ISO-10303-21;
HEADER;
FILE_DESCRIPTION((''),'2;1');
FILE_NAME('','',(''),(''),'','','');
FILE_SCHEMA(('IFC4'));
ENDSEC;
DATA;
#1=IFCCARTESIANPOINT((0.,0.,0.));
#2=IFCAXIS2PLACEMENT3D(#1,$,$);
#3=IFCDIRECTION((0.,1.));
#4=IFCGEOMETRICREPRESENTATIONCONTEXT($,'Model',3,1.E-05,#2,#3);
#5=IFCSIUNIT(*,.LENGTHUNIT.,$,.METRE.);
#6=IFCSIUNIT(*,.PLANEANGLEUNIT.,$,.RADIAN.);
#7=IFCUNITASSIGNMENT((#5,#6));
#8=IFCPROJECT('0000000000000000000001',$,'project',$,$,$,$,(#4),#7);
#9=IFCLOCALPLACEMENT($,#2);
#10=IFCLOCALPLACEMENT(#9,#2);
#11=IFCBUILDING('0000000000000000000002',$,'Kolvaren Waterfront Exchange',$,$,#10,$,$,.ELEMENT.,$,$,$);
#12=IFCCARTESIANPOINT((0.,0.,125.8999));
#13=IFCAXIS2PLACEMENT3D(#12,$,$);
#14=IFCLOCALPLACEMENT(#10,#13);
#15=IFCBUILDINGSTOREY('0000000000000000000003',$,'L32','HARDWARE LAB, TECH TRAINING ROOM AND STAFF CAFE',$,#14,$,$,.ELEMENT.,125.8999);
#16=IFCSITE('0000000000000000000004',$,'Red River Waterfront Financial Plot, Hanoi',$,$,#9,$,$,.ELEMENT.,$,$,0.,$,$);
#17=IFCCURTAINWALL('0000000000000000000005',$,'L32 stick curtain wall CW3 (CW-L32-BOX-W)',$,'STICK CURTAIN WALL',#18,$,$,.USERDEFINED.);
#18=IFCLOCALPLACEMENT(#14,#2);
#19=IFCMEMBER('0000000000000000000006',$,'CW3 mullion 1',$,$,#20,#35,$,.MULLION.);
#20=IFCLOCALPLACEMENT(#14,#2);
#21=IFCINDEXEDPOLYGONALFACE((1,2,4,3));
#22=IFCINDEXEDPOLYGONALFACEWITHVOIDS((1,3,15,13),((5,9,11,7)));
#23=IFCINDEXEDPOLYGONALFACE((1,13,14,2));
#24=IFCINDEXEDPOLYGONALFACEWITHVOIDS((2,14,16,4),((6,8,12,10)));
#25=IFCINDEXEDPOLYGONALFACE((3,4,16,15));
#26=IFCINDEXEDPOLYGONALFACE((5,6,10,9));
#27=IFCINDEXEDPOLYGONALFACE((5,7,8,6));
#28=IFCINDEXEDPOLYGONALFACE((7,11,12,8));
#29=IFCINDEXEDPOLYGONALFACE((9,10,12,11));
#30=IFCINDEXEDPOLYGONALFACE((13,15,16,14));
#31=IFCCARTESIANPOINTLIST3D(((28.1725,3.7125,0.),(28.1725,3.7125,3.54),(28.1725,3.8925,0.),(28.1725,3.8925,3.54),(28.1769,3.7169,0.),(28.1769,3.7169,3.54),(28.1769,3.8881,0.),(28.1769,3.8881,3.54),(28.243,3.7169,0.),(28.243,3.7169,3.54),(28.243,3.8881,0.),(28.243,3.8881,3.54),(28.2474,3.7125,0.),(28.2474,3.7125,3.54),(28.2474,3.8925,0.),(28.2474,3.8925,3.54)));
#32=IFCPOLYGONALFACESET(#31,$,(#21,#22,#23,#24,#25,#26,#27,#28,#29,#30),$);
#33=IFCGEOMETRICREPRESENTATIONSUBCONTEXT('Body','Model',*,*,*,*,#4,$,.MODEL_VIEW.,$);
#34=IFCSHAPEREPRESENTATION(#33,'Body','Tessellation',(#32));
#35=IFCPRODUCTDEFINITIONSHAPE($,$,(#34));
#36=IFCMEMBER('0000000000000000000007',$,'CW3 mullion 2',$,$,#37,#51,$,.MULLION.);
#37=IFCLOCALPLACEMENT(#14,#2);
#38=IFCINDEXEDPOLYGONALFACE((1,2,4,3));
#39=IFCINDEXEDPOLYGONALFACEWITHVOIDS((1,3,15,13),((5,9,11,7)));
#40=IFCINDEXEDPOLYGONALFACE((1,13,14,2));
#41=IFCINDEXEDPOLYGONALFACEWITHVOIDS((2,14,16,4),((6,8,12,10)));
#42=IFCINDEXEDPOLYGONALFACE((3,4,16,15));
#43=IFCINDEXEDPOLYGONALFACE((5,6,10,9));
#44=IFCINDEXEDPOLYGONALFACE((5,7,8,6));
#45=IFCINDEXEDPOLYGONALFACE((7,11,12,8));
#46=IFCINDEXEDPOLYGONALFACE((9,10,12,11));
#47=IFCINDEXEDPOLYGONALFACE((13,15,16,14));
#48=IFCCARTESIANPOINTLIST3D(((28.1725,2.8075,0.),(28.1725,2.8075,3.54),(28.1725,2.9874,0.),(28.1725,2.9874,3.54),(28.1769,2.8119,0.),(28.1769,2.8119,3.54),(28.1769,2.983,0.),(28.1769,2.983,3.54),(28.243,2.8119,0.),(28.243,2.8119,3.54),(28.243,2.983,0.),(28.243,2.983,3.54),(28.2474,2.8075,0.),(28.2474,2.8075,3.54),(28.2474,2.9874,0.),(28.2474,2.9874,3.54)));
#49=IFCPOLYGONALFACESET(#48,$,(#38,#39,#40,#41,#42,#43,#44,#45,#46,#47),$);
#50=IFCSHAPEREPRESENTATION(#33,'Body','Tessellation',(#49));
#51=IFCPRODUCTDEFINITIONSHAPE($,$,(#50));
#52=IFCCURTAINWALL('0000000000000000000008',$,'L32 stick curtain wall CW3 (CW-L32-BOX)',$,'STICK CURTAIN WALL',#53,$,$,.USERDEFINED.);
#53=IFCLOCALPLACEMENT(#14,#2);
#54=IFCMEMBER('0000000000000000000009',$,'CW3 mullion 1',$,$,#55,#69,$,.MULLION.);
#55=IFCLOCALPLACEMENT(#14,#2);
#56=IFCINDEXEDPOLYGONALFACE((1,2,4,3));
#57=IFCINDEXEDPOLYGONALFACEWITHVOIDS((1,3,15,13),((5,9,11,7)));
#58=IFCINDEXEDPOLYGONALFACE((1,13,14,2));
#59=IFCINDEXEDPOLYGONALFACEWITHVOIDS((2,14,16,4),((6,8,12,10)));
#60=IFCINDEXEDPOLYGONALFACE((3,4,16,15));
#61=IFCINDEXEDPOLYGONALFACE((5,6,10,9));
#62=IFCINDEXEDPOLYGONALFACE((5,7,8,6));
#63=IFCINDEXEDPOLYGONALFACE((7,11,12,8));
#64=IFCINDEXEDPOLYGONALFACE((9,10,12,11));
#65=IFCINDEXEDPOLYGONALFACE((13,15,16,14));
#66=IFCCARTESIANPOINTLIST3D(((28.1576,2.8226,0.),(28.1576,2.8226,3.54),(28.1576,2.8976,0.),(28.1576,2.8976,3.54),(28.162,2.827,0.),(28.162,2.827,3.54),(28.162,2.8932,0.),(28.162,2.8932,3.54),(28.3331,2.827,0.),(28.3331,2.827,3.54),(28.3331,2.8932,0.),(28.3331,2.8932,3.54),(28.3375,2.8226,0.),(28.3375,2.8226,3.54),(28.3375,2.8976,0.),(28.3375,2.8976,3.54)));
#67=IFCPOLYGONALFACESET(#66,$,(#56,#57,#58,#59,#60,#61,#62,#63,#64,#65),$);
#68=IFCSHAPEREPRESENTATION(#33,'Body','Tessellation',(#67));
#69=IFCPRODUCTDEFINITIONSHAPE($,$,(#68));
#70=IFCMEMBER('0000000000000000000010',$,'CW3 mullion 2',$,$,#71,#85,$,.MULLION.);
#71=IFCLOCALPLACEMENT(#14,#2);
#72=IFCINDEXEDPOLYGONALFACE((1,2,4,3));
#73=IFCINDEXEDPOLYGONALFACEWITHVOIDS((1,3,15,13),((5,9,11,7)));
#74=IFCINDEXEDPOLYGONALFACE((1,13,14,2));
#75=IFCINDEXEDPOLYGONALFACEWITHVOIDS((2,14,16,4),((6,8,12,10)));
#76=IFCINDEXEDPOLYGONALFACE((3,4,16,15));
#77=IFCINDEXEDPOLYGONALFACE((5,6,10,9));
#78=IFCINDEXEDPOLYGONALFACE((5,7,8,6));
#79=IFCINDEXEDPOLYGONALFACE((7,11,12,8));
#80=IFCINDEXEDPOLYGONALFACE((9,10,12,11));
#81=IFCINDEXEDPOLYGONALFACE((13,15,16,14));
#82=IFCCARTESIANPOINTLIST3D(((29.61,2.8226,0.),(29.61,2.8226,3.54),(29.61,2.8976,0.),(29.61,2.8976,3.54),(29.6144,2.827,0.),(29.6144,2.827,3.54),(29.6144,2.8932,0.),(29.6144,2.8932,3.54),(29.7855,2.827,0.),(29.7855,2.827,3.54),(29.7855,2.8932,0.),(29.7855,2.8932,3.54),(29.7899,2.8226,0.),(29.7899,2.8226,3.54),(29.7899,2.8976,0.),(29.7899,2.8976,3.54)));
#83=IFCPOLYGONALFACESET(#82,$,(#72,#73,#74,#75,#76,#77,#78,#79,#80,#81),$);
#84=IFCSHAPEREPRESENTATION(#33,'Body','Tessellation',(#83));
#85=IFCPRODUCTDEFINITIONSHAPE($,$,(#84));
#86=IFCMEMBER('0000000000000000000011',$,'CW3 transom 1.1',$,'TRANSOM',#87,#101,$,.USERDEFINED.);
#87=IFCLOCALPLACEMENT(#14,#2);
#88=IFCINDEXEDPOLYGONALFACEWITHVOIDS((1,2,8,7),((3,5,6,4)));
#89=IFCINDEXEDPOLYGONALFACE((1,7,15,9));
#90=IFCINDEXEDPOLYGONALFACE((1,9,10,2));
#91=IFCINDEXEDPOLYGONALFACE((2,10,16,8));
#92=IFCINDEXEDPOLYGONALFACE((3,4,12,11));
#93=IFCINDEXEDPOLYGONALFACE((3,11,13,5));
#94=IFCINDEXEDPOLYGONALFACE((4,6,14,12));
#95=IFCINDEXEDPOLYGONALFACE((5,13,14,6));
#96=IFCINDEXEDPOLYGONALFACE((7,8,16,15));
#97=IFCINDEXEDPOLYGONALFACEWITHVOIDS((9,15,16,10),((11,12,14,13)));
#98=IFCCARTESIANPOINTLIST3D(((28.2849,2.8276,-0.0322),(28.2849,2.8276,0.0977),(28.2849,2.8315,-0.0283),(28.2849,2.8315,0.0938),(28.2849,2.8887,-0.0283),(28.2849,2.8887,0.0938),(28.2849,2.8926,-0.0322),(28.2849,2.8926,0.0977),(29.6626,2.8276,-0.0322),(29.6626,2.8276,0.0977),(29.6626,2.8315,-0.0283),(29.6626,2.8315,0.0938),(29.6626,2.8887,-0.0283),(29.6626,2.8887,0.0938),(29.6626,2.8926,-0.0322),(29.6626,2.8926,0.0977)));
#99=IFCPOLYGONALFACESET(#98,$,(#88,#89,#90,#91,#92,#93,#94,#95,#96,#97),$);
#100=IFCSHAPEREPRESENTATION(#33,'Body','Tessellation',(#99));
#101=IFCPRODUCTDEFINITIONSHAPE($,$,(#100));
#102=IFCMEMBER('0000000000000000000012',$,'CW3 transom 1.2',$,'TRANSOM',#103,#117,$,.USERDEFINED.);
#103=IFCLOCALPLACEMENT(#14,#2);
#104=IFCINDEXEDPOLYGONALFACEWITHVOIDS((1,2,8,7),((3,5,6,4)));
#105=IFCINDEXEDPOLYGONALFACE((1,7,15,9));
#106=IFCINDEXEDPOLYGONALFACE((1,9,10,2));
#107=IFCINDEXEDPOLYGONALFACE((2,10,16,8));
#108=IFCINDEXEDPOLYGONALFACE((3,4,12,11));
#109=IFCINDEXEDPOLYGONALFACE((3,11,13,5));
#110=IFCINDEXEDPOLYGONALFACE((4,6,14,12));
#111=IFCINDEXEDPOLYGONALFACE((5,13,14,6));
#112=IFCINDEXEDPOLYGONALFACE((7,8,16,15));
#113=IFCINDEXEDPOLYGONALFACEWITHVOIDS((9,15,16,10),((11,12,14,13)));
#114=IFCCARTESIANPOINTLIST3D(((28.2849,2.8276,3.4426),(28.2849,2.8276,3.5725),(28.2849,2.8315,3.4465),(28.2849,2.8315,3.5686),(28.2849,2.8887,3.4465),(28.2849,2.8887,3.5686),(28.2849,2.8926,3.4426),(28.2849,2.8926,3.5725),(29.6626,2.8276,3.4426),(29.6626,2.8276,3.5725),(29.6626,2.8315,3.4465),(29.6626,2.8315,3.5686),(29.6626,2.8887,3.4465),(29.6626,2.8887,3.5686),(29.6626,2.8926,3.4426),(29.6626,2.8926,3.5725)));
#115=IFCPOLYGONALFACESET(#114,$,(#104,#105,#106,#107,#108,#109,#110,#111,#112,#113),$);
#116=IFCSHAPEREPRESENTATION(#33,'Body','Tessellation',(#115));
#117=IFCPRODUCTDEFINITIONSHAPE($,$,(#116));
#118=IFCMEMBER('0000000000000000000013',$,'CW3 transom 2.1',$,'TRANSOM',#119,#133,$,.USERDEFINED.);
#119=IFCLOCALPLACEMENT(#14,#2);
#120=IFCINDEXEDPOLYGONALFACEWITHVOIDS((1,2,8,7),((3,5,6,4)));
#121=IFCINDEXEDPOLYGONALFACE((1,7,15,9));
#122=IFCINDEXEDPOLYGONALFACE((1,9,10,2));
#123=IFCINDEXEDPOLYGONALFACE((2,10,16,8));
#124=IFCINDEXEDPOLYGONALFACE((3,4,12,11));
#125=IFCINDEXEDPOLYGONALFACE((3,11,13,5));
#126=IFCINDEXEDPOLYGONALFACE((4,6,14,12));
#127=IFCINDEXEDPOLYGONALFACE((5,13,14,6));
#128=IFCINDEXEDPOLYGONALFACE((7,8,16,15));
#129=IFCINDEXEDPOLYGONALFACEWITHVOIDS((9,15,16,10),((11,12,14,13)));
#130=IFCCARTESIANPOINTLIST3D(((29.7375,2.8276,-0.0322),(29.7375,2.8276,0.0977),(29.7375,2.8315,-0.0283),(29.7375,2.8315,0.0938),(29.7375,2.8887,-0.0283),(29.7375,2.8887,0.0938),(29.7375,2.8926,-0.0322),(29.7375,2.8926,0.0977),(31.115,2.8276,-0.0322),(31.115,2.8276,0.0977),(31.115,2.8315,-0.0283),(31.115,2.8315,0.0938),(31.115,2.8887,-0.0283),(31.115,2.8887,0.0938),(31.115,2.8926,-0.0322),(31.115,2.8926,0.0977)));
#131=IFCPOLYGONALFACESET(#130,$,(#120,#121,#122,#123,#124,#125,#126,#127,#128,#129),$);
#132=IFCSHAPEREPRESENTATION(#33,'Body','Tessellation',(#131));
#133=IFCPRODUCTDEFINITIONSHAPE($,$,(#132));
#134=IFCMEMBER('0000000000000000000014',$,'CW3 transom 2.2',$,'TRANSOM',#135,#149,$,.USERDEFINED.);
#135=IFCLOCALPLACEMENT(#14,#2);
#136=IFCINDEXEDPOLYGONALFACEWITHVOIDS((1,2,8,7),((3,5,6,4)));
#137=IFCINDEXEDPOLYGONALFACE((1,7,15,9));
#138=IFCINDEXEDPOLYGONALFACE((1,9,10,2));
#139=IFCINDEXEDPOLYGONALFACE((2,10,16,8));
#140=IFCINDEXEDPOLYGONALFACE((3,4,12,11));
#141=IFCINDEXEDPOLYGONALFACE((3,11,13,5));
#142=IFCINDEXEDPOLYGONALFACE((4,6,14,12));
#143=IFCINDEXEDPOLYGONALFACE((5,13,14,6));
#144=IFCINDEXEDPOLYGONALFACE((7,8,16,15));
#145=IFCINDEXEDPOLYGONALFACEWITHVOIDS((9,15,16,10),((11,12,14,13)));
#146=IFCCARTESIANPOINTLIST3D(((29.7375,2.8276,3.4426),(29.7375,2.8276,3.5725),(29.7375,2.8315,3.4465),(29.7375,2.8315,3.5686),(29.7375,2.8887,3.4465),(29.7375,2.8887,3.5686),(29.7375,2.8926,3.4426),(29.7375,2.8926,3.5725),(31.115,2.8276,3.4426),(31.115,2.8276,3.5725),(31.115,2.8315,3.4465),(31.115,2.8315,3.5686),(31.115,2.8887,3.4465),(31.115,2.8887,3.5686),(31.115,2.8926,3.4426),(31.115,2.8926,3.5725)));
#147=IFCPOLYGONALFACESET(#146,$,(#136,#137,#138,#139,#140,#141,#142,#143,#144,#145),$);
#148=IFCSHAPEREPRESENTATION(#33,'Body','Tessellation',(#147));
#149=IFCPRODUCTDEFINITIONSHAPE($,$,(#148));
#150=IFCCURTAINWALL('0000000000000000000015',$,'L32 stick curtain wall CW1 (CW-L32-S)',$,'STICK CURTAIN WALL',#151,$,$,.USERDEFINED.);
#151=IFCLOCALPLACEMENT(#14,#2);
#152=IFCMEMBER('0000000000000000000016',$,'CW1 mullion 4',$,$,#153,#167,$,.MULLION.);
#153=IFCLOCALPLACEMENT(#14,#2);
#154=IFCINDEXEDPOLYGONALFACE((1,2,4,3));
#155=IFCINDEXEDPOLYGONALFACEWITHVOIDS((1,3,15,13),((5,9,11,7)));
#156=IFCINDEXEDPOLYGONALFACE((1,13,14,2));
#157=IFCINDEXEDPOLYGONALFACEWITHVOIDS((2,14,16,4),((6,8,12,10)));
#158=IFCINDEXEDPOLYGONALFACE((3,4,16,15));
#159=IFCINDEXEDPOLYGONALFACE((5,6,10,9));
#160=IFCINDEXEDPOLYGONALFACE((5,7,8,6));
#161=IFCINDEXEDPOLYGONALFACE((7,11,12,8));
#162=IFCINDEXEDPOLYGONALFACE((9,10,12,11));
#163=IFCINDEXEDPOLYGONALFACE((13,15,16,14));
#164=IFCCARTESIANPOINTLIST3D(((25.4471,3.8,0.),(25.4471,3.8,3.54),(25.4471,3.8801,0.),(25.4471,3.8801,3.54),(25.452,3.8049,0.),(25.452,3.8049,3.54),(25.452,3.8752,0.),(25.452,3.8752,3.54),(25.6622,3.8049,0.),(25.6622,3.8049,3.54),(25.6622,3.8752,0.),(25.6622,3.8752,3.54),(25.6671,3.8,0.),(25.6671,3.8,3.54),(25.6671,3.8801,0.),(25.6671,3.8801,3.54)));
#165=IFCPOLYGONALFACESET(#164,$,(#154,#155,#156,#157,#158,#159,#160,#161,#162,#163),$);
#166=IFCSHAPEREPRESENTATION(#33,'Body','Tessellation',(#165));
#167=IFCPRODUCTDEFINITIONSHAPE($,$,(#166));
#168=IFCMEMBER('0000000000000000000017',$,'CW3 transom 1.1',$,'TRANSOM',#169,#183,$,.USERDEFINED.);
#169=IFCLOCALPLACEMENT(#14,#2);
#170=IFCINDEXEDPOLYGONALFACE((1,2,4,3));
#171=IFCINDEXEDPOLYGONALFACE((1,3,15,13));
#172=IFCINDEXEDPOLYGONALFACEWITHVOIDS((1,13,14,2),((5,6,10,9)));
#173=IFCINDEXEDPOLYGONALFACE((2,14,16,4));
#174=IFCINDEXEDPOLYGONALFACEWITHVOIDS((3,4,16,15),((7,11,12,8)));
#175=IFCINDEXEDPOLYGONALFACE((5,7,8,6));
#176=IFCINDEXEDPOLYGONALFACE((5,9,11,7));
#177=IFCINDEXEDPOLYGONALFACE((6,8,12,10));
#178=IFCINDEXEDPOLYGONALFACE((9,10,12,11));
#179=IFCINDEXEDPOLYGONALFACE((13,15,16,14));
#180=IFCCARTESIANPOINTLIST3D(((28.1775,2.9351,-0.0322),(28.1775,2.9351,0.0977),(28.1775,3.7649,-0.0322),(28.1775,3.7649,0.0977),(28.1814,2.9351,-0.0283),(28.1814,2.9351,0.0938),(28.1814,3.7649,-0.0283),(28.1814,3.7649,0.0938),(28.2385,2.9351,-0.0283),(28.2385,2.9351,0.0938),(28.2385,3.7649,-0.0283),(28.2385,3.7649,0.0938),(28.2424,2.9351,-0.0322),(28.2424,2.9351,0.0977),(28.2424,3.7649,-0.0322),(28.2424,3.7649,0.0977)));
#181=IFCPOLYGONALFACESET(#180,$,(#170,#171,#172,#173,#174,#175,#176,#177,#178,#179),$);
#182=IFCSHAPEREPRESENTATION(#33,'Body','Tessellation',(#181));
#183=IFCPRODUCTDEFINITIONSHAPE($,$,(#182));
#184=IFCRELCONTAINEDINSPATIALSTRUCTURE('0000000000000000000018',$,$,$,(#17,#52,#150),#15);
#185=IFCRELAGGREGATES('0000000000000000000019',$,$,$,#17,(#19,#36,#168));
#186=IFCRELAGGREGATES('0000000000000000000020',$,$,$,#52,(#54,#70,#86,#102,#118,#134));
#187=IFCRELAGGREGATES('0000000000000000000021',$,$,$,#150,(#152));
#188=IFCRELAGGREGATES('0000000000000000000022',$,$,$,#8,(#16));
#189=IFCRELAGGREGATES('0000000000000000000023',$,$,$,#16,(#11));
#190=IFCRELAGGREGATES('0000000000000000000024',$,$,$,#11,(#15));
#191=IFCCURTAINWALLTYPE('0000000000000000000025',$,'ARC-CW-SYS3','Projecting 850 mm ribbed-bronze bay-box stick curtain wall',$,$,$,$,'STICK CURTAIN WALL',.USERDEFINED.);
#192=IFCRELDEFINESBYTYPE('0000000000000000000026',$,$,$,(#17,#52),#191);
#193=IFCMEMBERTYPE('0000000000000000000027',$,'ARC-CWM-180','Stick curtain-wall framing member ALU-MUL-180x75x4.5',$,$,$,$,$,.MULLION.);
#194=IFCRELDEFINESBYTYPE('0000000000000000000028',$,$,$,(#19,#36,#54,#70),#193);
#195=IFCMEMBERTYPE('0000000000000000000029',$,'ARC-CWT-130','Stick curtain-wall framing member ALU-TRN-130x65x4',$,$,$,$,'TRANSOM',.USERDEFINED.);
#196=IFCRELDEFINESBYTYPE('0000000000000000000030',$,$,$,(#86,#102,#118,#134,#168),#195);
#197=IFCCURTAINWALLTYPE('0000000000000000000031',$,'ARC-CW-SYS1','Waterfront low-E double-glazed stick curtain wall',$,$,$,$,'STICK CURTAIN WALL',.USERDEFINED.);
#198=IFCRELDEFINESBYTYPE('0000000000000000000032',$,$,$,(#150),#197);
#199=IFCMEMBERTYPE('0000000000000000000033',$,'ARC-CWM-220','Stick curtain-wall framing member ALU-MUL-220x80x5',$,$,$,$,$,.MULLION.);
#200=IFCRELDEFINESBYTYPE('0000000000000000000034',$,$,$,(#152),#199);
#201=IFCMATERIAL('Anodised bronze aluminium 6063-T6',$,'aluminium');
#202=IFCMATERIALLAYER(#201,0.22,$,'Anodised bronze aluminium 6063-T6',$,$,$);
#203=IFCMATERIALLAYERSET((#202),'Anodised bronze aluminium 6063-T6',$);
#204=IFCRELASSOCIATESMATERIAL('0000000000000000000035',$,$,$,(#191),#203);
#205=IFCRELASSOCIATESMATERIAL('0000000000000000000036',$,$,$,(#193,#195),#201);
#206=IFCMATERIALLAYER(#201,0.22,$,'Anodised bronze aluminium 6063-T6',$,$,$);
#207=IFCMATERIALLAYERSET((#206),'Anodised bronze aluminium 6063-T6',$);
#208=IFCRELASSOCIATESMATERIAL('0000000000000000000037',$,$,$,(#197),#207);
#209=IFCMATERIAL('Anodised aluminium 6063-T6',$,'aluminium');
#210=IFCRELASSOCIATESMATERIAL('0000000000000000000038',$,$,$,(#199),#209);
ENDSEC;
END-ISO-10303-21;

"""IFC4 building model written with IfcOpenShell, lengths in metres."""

from ifc_helpers import new_model, si_unit, direction, frame, origin, origin_with_axes, origin_2d, place, context, subcontext, project, spatial, hollow_rectangle, extrude, source, transform, mapped, material, layer, layer_set, material_profile, profile_set, type_object, element, aggregate, save


model = new_model("IFC4")

# Units and contexts
model_context = context("Model", 3, precision=1e-05, world=origin(), true_north=direction((0.0, 1.0)))
body_context = subcontext(model_context, "Body", "Model", "MODEL_VIEW")
ifc_project = project(units=[si_unit("LENGTHUNIT", "METRE"), si_unit("PLANEANGLEUNIT", "RADIAN")], contexts=[model_context])

# Site, building, storey
site_placement = place(None, origin())
site = spatial("IfcSite", under=ifc_project, at=site_placement, Name="Red River Waterfront Financial Plot, Hanoi", CompositionType="ELEMENT", RefElevation=0.0)
building_placement = place(site_placement, origin())
building = spatial("IfcBuilding", under=site, at=building_placement, Name="Kolvaren Waterfront Exchange", CompositionType="ELEMENT")
storey_placement = place(building_placement, frame((0.0, 0.0, 125.8999)))
storey = spatial("IfcBuildingStorey", under=building, at=storey_placement, Name="L32", Description="HARDWARE LAB, TECH TRAINING ROOM AND STAFF CAFE", CompositionType="ELEMENT", Elevation=125.8999)

# Curtain walls, members
ifc_material_1 = material(Name="Anodised bronze aluminium 6063-T6", Category="aluminium")
ifc_layer_1 = layer(ifc_material_1, 0.22, Name="Anodised bronze aluminium 6063-T6")
ifc_layer_set_1 = layer_set([ifc_layer_1], Name="Anodised bronze aluminium 6063-T6")
curtain_wall_type_1 = type_object("IfcCurtainWallType", Name="ARC-CW-SYS3", Description="Projecting 850 mm ribbed-bronze bay-box stick curtain wall", ElementType="STICK CURTAIN WALL", PredefinedType="USERDEFINED", material=ifc_layer_set_1)
curtain_wall_1_placement = place(storey_placement, origin())
curtain_wall_1 = element("IfcCurtainWall", 1, at=curtain_wall_1_placement, inside=storey, type_object=curtain_wall_type_1, Name="L32 stick curtain wall CW3 (CW-L32-BOX-W)", ObjectType="STICK CURTAIN WALL", PredefinedType="USERDEFINED")
ifc_material_profile_1 = material_profile(ifc_material_1, hollow_rectangle(XDim=0.075, YDim=0.1799, WallThickness=0.0044, at=origin_2d()), Name="ALU-MUL-180x75x4.5")
ifc_profile_set_1 = profile_set([ifc_material_profile_1], Name="Anodised bronze aluminium 6063-T6")
member_type_1 = type_object("IfcMemberType", Name="ARC-CWM-180", Description="Stick curtain-wall framing member ALU-MUL-180x75x4.5", PredefinedType="MULLION", material=ifc_profile_set_1)
shared_shape_1 = source(origin_with_axes(), body_context, "Body", "SweptSolid", [
    extrude(hollow_rectangle(XDim=0.075, YDim=0.1799, WallThickness=0.0044, at=origin_2d()), origin(), (0.0, 0.0, 1.0), 3.54),
])
member_1_placement = place(storey_placement, frame((28.21, 3.8025, 0.0), z_axis=(0.0, 0.0, 1.0), x_axis=(1.0, 0.0, 0.0)))
member_1 = element("IfcMember", 2, at=member_1_placement, type_object=member_type_1, Name="CW3 mullion 1", PredefinedType="MULLION", context=body_context, shape_type="MappedRepresentation", body=[
    mapped(shared_shape_1, transform((0.0, 0.0, 0.0), x_axis=(1.0, 0.0, 0.0), y_axis=(0.0, 1.0, 0.0), z_axis=(0.0, 0.0, 1.0), scale=1.0)),
])
member_2_placement = place(storey_placement, frame((28.21, 2.8975, 0.0), z_axis=(0.0, 0.0, 1.0), x_axis=(1.0, 0.0, 0.0)))
member_2 = element("IfcMember", 3, at=member_2_placement, type_object=member_type_1, Name="CW3 mullion 2", PredefinedType="MULLION", context=body_context, shape_type="MappedRepresentation", body=[
    mapped(shared_shape_1, transform((0.0, 0.0, 0.0), x_axis=(1.0, 0.0, 0.0), y_axis=(0.0, 1.0, 0.0), z_axis=(0.0, 0.0, 1.0), scale=1.0)),
])
curtain_wall_2_placement = place(storey_placement, origin())
curtain_wall_2 = element("IfcCurtainWall", 4, at=curtain_wall_2_placement, inside=storey, type_object=curtain_wall_type_1, Name="L32 stick curtain wall CW3 (CW-L32-BOX)", ObjectType="STICK CURTAIN WALL", PredefinedType="USERDEFINED")
member_3_placement = place(storey_placement, frame((28.2476, 2.8601, 0.0), z_axis=(0.0, 0.0, 1.0), x_axis=(0.0, 1.0, 0.0)))
member_3 = element("IfcMember", 5, at=member_3_placement, type_object=member_type_1, Name="CW3 mullion 1", PredefinedType="MULLION", context=body_context, shape_type="MappedRepresentation", body=[
    mapped(shared_shape_1, transform((0.0, 0.0, 0.0), x_axis=(1.0, 0.0, 0.0), y_axis=(0.0, 1.0, 0.0), z_axis=(0.0, 0.0, 1.0), scale=1.0)),
])
member_4_placement = place(storey_placement, frame((29.7, 2.8601, 0.0), z_axis=(0.0, 0.0, 1.0), x_axis=(0.0, 1.0, 0.0)))
member_4 = element("IfcMember", 6, at=member_4_placement, type_object=member_type_1, Name="CW3 mullion 2", PredefinedType="MULLION", context=body_context, shape_type="MappedRepresentation", body=[
    mapped(shared_shape_1, transform((0.0, 0.0, 0.0), x_axis=(1.0, 0.0, 0.0), y_axis=(0.0, 1.0, 0.0), z_axis=(0.0, 0.0, 1.0), scale=1.0)),
])
ifc_material_profile_2 = material_profile(ifc_material_1, hollow_rectangle(XDim=0.0649, YDim=0.1299, WallThickness=0.0039, at=origin_2d()), Name="ALU-TRN-130x65x4")
ifc_profile_set_2 = profile_set([ifc_material_profile_2], Name="Anodised bronze aluminium 6063-T6")
member_type_2 = type_object("IfcMemberType", Name="ARC-CWT-130", Description="Stick curtain-wall framing member ALU-TRN-130x65x4", ElementType="TRANSOM", PredefinedType="USERDEFINED", material=ifc_profile_set_2)
shared_shape_2 = source(origin_with_axes(), body_context, "Body", "SweptSolid", [
    extrude(hollow_rectangle(XDim=0.0649, YDim=0.1299, WallThickness=0.0039, at=origin_2d()), origin(), (0.0, 0.0, 1.0), 1.3777),
])
member_5_placement = place(storey_placement, frame((28.2849, 2.8601, 0.0327), z_axis=(1.0, 0.0, 0.0), x_axis=(0.0, 1.0, 0.0)))
member_5 = element("IfcMember", 7, at=member_5_placement, type_object=member_type_2, Name="CW3 transom 1.1", ObjectType="TRANSOM", PredefinedType="USERDEFINED", context=body_context, shape_type="MappedRepresentation", body=[
    mapped(shared_shape_2, transform((0.0, 0.0, 0.0), x_axis=(1.0, 0.0, 0.0), y_axis=(0.0, 1.0, 0.0), z_axis=(0.0, 0.0, 1.0), scale=1.0)),
])
member_6_placement = place(storey_placement, frame((28.2849, 2.8601, 3.5076), z_axis=(1.0, 0.0, 0.0), x_axis=(0.0, 1.0, 0.0)))
member_6 = element("IfcMember", 8, at=member_6_placement, type_object=member_type_2, Name="CW3 transom 1.2", ObjectType="TRANSOM", PredefinedType="USERDEFINED", context=body_context, shape_type="MappedRepresentation", body=[
    mapped(shared_shape_2, transform((0.0, 0.0, 0.0), x_axis=(1.0, 0.0, 0.0), y_axis=(0.0, 1.0, 0.0), z_axis=(0.0, 0.0, 1.0), scale=1.0)),
])
shared_shape_3 = source(origin_with_axes(), body_context, "Body", "SweptSolid", [
    extrude(hollow_rectangle(XDim=0.0649, YDim=0.1299, WallThickness=0.0039, at=origin_2d()), origin(), (0.0, 0.0, 1.0), 1.3774),
])
member_7_placement = place(storey_placement, frame((29.7375, 2.8601, 0.0327), z_axis=(1.0, 0.0, 0.0), x_axis=(0.0, 1.0, 0.0)))
member_7 = element("IfcMember", 9, at=member_7_placement, type_object=member_type_2, Name="CW3 transom 2.1", ObjectType="TRANSOM", PredefinedType="USERDEFINED", context=body_context, shape_type="MappedRepresentation", body=[
    mapped(shared_shape_3, transform((0.0, 0.0, 0.0), x_axis=(1.0, 0.0, 0.0), y_axis=(0.0, 1.0, 0.0), z_axis=(0.0, 0.0, 1.0), scale=1.0)),
])
member_8_placement = place(storey_placement, frame((29.7375, 2.8601, 3.5076), z_axis=(1.0, 0.0, 0.0), x_axis=(0.0, 1.0, 0.0)))
member_8 = element("IfcMember", 10, at=member_8_placement, type_object=member_type_2, Name="CW3 transom 2.2", ObjectType="TRANSOM", PredefinedType="USERDEFINED", context=body_context, shape_type="MappedRepresentation", body=[
    mapped(shared_shape_3, transform((0.0, 0.0, 0.0), x_axis=(1.0, 0.0, 0.0), y_axis=(0.0, 1.0, 0.0), z_axis=(0.0, 0.0, 1.0), scale=1.0)),
])

# Curtain wall, member
ifc_layer_2 = layer(ifc_material_1, 0.22, Name="Anodised bronze aluminium 6063-T6")
ifc_layer_set_2 = layer_set([ifc_layer_2], Name="Anodised bronze aluminium 6063-T6")
curtain_wall_type_2 = type_object("IfcCurtainWallType", Name="ARC-CW-SYS1", Description="Waterfront low-E double-glazed stick curtain wall", ElementType="STICK CURTAIN WALL", PredefinedType="USERDEFINED", material=ifc_layer_set_2)
curtain_wall_3_placement = place(storey_placement, origin())
curtain_wall_3 = element("IfcCurtainWall", 11, at=curtain_wall_3_placement, inside=storey, type_object=curtain_wall_type_2, Name="L32 stick curtain wall CW1 (CW-L32-S)", ObjectType="STICK CURTAIN WALL", PredefinedType="USERDEFINED")
ifc_material_2 = material(Name="Anodised aluminium 6063-T6", Category="aluminium")
ifc_material_profile_3 = material_profile(ifc_material_2, hollow_rectangle(XDim=0.0801, YDim=0.22, WallThickness=0.0049, at=origin_2d()), Name="ALU-MUL-220x80x5")
ifc_profile_set_3 = profile_set([ifc_material_profile_3], Name="Anodised aluminium 6063-T6")
member_type_3 = type_object("IfcMemberType", Name="ARC-CWM-220", Description="Stick curtain-wall framing member ALU-MUL-220x80x5", PredefinedType="MULLION", material=ifc_profile_set_3)
shared_shape_4 = source(origin_with_axes(), body_context, "Body", "SweptSolid", [
    extrude(hollow_rectangle(XDim=0.0801, YDim=0.22, WallThickness=0.0049, at=origin_2d()), origin(), (0.0, 0.0, 1.0), 3.54),
])
member_9_placement = place(storey_placement, frame((25.5571, 3.8401, 0.0), z_axis=(0.0, 0.0, 1.0), x_axis=(0.0, 1.0, 0.0)))
member_9 = element("IfcMember", 12, at=member_9_placement, type_object=member_type_3, Name="CW1 mullion 4", PredefinedType="MULLION", context=body_context, shape_type="MappedRepresentation", body=[
    mapped(shared_shape_4, transform((0.0, 0.0, 0.0), x_axis=(1.0, 0.0, 0.0), y_axis=(0.0, 1.0, 0.0), z_axis=(0.0, 0.0, 1.0), scale=1.0)),
])

# Member
shared_shape_5 = source(origin_with_axes(), body_context, "Body", "SweptSolid", [
    extrude(hollow_rectangle(XDim=0.0649, YDim=0.1299, WallThickness=0.0039, at=origin_2d()), origin(), (0.0, 0.0, 1.0), 0.8298),
])
member_10_placement = place(storey_placement, frame((28.21, 3.7649, 0.0327), z_axis=(0.0, -1.0, 0.0), x_axis=(1.0, 0.0, 0.0)))
member_10 = element("IfcMember", 13, at=member_10_placement, type_object=member_type_2, Name="CW3 transom 1.1", ObjectType="TRANSOM", PredefinedType="USERDEFINED", context=body_context, shape_type="MappedRepresentation", body=[
    mapped(shared_shape_5, transform((0.0, 0.0, 0.0), x_axis=(1.0, 0.0, 0.0), y_axis=(0.0, 1.0, 0.0), z_axis=(0.0, 0.0, 1.0), scale=1.0)),
])

aggregate(curtain_wall_1, [member_1, member_2, member_10])
aggregate(curtain_wall_2, [member_3, member_4, member_5, member_6, member_7, member_8])
aggregate(curtain_wall_3, [member_9])

save(model, "model.ifc")
